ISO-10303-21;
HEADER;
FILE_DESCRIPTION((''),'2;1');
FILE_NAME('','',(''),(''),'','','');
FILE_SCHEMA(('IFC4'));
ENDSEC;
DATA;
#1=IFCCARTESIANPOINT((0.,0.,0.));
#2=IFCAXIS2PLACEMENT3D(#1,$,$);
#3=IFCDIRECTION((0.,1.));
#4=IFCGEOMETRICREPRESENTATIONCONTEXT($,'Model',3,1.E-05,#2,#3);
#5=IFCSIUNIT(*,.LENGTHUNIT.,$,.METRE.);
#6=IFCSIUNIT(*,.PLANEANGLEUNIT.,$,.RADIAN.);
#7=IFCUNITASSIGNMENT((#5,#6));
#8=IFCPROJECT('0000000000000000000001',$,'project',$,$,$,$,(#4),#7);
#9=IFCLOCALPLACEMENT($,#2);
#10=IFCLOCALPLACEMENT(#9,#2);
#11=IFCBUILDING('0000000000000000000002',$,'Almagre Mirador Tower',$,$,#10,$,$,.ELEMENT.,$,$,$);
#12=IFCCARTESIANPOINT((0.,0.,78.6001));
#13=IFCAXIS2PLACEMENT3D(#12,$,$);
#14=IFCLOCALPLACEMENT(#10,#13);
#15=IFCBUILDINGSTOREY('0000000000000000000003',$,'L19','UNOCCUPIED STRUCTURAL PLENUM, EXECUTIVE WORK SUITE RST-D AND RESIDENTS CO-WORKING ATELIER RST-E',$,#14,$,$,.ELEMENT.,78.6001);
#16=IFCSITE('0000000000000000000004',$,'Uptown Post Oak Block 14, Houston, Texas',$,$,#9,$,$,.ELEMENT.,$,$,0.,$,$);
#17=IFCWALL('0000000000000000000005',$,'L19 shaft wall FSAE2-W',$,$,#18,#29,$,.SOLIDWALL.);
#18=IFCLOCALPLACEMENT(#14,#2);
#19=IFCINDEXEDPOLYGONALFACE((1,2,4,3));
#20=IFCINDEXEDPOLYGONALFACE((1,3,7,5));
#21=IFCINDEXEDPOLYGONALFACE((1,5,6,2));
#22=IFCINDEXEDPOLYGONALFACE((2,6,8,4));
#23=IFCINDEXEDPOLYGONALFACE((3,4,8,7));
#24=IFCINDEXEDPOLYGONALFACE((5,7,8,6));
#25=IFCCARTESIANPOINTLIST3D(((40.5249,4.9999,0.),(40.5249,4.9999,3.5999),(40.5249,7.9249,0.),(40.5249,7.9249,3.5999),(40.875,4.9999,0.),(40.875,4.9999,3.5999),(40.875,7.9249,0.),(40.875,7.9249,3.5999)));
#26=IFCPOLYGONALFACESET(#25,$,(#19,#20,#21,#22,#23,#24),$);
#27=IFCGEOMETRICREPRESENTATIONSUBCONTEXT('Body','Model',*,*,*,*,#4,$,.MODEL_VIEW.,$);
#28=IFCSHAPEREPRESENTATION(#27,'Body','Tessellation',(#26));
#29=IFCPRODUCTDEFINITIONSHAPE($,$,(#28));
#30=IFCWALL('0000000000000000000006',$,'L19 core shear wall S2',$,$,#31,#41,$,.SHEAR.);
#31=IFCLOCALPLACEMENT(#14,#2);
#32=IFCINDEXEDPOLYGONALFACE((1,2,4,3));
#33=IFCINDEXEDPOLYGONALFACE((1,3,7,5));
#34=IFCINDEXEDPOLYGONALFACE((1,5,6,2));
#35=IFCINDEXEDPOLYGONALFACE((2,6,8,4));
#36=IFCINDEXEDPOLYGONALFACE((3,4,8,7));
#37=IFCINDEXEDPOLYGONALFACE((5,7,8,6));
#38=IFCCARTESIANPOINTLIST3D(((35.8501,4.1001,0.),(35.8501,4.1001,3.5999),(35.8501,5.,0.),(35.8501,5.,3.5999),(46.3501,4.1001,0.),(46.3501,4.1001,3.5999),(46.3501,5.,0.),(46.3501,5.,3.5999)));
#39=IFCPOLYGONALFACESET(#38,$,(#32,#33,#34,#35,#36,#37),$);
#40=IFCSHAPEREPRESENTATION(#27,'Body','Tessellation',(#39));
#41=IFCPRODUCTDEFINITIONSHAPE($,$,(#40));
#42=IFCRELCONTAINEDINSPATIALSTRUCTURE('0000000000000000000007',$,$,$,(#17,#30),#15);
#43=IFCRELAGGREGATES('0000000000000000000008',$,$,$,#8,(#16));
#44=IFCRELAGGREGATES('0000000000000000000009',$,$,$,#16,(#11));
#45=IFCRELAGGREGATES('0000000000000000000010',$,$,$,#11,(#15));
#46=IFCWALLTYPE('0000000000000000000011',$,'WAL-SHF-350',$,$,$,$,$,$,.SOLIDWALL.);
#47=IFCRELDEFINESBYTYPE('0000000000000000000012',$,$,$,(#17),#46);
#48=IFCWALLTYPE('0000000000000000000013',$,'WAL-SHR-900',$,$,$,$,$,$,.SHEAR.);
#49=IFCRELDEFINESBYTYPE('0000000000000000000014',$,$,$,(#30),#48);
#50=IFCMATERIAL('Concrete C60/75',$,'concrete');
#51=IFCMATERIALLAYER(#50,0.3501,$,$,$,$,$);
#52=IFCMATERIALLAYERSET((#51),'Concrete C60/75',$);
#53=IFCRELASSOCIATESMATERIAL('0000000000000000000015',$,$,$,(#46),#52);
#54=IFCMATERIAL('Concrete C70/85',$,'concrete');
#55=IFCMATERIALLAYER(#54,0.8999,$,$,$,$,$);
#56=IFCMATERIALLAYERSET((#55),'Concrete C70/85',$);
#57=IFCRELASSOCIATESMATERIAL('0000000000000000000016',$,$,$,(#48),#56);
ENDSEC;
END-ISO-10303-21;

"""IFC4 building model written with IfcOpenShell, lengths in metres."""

from ifc_helpers import new_model, si_unit, direction, frame, frame_2d, origin, place, context, subcontext, project, spatial, rectangle, extrude, material, layer, layer_set, type_object, element, save


model = new_model("IFC4")

# Units and contexts
model_context = context("Model", 3, precision=1e-05, world=origin(), true_north=direction((0.0, 1.0)))
body_context = subcontext(model_context, "Body", "Model", "MODEL_VIEW")
ifc_project = project(units=[si_unit("LENGTHUNIT", "METRE"), si_unit("PLANEANGLEUNIT", "RADIAN")], contexts=[model_context])

# Site, building, storey
site_placement = place(None, origin())
site = spatial("IfcSite", under=ifc_project, at=site_placement, Name="Uptown Post Oak Block 14, Houston, Texas", CompositionType="ELEMENT", RefElevation=0.0)
building_placement = place(site_placement, origin())
building = spatial("IfcBuilding", under=site, at=building_placement, Name="Almagre Mirador Tower", CompositionType="ELEMENT")
storey_placement = place(building_placement, frame((0.0, 0.0, 78.6001)))
storey = spatial("IfcBuildingStorey", under=building, at=storey_placement, Name="L19", Description="UNOCCUPIED STRUCTURAL PLENUM, EXECUTIVE WORK SUITE RST-D AND RESIDENTS CO-WORKING ATELIER RST-E", CompositionType="ELEMENT", Elevation=78.6001)

# Shared definitions
ifc_material_1 = material(Name="Concrete C60/75", Category="concrete")
ifc_layer_1 = layer(ifc_material_1, 0.3501)
ifc_layer_set_1 = layer_set([ifc_layer_1], Name="Concrete C60/75")
wall_type_1 = type_object("IfcWallType", Name="WAL-SHF-350", PredefinedType="SOLIDWALL", material=ifc_layer_set_1)

# Walls
wall_1_placement = place(storey_placement, frame((40.7, 5.0, 0.0), z_axis=(0.0, 0.0, 1.0), x_axis=(0.0, 1.0, 0.0)))
element("IfcWall", 1, at=wall_1_placement, inside=storey, type_object=wall_type_1, Name="L19 shaft wall FSAE2-W", PredefinedType="SOLIDWALL", context=body_context, shape_type="SweptSolid", body=[
    extrude(rectangle(XDim=2.925, YDim=0.3501, at=frame_2d((1.4624, 0.0))), origin(), (0.0, 0.0, 1.0), 3.5999),
])
ifc_material_2 = material(Name="Concrete C70/85", Category="concrete")
ifc_layer_2 = layer(ifc_material_2, 0.8999)
ifc_layer_set_2 = layer_set([ifc_layer_2], Name="Concrete C70/85")
wall_type_2 = type_object("IfcWallType", Name="WAL-SHR-900", PredefinedType="SHEAR", material=ifc_layer_set_2)
wall_2_placement = place(storey_placement, frame((35.8501, 4.55, 0.0), z_axis=(0.0, 0.0, 1.0), x_axis=(1.0, 0.0, 0.0)))
element("IfcWall", 2, at=wall_2_placement, inside=storey, type_object=wall_type_2, Name="L19 core shear wall S2", PredefinedType="SHEAR", context=body_context, shape_type="SweptSolid", body=[
    extrude(rectangle(XDim=10.5, YDim=0.8999, at=frame_2d((5.25, 0.0))), origin(), (0.0, 0.0, 1.0), 3.5999),
])

save(model, "model.ifc")
